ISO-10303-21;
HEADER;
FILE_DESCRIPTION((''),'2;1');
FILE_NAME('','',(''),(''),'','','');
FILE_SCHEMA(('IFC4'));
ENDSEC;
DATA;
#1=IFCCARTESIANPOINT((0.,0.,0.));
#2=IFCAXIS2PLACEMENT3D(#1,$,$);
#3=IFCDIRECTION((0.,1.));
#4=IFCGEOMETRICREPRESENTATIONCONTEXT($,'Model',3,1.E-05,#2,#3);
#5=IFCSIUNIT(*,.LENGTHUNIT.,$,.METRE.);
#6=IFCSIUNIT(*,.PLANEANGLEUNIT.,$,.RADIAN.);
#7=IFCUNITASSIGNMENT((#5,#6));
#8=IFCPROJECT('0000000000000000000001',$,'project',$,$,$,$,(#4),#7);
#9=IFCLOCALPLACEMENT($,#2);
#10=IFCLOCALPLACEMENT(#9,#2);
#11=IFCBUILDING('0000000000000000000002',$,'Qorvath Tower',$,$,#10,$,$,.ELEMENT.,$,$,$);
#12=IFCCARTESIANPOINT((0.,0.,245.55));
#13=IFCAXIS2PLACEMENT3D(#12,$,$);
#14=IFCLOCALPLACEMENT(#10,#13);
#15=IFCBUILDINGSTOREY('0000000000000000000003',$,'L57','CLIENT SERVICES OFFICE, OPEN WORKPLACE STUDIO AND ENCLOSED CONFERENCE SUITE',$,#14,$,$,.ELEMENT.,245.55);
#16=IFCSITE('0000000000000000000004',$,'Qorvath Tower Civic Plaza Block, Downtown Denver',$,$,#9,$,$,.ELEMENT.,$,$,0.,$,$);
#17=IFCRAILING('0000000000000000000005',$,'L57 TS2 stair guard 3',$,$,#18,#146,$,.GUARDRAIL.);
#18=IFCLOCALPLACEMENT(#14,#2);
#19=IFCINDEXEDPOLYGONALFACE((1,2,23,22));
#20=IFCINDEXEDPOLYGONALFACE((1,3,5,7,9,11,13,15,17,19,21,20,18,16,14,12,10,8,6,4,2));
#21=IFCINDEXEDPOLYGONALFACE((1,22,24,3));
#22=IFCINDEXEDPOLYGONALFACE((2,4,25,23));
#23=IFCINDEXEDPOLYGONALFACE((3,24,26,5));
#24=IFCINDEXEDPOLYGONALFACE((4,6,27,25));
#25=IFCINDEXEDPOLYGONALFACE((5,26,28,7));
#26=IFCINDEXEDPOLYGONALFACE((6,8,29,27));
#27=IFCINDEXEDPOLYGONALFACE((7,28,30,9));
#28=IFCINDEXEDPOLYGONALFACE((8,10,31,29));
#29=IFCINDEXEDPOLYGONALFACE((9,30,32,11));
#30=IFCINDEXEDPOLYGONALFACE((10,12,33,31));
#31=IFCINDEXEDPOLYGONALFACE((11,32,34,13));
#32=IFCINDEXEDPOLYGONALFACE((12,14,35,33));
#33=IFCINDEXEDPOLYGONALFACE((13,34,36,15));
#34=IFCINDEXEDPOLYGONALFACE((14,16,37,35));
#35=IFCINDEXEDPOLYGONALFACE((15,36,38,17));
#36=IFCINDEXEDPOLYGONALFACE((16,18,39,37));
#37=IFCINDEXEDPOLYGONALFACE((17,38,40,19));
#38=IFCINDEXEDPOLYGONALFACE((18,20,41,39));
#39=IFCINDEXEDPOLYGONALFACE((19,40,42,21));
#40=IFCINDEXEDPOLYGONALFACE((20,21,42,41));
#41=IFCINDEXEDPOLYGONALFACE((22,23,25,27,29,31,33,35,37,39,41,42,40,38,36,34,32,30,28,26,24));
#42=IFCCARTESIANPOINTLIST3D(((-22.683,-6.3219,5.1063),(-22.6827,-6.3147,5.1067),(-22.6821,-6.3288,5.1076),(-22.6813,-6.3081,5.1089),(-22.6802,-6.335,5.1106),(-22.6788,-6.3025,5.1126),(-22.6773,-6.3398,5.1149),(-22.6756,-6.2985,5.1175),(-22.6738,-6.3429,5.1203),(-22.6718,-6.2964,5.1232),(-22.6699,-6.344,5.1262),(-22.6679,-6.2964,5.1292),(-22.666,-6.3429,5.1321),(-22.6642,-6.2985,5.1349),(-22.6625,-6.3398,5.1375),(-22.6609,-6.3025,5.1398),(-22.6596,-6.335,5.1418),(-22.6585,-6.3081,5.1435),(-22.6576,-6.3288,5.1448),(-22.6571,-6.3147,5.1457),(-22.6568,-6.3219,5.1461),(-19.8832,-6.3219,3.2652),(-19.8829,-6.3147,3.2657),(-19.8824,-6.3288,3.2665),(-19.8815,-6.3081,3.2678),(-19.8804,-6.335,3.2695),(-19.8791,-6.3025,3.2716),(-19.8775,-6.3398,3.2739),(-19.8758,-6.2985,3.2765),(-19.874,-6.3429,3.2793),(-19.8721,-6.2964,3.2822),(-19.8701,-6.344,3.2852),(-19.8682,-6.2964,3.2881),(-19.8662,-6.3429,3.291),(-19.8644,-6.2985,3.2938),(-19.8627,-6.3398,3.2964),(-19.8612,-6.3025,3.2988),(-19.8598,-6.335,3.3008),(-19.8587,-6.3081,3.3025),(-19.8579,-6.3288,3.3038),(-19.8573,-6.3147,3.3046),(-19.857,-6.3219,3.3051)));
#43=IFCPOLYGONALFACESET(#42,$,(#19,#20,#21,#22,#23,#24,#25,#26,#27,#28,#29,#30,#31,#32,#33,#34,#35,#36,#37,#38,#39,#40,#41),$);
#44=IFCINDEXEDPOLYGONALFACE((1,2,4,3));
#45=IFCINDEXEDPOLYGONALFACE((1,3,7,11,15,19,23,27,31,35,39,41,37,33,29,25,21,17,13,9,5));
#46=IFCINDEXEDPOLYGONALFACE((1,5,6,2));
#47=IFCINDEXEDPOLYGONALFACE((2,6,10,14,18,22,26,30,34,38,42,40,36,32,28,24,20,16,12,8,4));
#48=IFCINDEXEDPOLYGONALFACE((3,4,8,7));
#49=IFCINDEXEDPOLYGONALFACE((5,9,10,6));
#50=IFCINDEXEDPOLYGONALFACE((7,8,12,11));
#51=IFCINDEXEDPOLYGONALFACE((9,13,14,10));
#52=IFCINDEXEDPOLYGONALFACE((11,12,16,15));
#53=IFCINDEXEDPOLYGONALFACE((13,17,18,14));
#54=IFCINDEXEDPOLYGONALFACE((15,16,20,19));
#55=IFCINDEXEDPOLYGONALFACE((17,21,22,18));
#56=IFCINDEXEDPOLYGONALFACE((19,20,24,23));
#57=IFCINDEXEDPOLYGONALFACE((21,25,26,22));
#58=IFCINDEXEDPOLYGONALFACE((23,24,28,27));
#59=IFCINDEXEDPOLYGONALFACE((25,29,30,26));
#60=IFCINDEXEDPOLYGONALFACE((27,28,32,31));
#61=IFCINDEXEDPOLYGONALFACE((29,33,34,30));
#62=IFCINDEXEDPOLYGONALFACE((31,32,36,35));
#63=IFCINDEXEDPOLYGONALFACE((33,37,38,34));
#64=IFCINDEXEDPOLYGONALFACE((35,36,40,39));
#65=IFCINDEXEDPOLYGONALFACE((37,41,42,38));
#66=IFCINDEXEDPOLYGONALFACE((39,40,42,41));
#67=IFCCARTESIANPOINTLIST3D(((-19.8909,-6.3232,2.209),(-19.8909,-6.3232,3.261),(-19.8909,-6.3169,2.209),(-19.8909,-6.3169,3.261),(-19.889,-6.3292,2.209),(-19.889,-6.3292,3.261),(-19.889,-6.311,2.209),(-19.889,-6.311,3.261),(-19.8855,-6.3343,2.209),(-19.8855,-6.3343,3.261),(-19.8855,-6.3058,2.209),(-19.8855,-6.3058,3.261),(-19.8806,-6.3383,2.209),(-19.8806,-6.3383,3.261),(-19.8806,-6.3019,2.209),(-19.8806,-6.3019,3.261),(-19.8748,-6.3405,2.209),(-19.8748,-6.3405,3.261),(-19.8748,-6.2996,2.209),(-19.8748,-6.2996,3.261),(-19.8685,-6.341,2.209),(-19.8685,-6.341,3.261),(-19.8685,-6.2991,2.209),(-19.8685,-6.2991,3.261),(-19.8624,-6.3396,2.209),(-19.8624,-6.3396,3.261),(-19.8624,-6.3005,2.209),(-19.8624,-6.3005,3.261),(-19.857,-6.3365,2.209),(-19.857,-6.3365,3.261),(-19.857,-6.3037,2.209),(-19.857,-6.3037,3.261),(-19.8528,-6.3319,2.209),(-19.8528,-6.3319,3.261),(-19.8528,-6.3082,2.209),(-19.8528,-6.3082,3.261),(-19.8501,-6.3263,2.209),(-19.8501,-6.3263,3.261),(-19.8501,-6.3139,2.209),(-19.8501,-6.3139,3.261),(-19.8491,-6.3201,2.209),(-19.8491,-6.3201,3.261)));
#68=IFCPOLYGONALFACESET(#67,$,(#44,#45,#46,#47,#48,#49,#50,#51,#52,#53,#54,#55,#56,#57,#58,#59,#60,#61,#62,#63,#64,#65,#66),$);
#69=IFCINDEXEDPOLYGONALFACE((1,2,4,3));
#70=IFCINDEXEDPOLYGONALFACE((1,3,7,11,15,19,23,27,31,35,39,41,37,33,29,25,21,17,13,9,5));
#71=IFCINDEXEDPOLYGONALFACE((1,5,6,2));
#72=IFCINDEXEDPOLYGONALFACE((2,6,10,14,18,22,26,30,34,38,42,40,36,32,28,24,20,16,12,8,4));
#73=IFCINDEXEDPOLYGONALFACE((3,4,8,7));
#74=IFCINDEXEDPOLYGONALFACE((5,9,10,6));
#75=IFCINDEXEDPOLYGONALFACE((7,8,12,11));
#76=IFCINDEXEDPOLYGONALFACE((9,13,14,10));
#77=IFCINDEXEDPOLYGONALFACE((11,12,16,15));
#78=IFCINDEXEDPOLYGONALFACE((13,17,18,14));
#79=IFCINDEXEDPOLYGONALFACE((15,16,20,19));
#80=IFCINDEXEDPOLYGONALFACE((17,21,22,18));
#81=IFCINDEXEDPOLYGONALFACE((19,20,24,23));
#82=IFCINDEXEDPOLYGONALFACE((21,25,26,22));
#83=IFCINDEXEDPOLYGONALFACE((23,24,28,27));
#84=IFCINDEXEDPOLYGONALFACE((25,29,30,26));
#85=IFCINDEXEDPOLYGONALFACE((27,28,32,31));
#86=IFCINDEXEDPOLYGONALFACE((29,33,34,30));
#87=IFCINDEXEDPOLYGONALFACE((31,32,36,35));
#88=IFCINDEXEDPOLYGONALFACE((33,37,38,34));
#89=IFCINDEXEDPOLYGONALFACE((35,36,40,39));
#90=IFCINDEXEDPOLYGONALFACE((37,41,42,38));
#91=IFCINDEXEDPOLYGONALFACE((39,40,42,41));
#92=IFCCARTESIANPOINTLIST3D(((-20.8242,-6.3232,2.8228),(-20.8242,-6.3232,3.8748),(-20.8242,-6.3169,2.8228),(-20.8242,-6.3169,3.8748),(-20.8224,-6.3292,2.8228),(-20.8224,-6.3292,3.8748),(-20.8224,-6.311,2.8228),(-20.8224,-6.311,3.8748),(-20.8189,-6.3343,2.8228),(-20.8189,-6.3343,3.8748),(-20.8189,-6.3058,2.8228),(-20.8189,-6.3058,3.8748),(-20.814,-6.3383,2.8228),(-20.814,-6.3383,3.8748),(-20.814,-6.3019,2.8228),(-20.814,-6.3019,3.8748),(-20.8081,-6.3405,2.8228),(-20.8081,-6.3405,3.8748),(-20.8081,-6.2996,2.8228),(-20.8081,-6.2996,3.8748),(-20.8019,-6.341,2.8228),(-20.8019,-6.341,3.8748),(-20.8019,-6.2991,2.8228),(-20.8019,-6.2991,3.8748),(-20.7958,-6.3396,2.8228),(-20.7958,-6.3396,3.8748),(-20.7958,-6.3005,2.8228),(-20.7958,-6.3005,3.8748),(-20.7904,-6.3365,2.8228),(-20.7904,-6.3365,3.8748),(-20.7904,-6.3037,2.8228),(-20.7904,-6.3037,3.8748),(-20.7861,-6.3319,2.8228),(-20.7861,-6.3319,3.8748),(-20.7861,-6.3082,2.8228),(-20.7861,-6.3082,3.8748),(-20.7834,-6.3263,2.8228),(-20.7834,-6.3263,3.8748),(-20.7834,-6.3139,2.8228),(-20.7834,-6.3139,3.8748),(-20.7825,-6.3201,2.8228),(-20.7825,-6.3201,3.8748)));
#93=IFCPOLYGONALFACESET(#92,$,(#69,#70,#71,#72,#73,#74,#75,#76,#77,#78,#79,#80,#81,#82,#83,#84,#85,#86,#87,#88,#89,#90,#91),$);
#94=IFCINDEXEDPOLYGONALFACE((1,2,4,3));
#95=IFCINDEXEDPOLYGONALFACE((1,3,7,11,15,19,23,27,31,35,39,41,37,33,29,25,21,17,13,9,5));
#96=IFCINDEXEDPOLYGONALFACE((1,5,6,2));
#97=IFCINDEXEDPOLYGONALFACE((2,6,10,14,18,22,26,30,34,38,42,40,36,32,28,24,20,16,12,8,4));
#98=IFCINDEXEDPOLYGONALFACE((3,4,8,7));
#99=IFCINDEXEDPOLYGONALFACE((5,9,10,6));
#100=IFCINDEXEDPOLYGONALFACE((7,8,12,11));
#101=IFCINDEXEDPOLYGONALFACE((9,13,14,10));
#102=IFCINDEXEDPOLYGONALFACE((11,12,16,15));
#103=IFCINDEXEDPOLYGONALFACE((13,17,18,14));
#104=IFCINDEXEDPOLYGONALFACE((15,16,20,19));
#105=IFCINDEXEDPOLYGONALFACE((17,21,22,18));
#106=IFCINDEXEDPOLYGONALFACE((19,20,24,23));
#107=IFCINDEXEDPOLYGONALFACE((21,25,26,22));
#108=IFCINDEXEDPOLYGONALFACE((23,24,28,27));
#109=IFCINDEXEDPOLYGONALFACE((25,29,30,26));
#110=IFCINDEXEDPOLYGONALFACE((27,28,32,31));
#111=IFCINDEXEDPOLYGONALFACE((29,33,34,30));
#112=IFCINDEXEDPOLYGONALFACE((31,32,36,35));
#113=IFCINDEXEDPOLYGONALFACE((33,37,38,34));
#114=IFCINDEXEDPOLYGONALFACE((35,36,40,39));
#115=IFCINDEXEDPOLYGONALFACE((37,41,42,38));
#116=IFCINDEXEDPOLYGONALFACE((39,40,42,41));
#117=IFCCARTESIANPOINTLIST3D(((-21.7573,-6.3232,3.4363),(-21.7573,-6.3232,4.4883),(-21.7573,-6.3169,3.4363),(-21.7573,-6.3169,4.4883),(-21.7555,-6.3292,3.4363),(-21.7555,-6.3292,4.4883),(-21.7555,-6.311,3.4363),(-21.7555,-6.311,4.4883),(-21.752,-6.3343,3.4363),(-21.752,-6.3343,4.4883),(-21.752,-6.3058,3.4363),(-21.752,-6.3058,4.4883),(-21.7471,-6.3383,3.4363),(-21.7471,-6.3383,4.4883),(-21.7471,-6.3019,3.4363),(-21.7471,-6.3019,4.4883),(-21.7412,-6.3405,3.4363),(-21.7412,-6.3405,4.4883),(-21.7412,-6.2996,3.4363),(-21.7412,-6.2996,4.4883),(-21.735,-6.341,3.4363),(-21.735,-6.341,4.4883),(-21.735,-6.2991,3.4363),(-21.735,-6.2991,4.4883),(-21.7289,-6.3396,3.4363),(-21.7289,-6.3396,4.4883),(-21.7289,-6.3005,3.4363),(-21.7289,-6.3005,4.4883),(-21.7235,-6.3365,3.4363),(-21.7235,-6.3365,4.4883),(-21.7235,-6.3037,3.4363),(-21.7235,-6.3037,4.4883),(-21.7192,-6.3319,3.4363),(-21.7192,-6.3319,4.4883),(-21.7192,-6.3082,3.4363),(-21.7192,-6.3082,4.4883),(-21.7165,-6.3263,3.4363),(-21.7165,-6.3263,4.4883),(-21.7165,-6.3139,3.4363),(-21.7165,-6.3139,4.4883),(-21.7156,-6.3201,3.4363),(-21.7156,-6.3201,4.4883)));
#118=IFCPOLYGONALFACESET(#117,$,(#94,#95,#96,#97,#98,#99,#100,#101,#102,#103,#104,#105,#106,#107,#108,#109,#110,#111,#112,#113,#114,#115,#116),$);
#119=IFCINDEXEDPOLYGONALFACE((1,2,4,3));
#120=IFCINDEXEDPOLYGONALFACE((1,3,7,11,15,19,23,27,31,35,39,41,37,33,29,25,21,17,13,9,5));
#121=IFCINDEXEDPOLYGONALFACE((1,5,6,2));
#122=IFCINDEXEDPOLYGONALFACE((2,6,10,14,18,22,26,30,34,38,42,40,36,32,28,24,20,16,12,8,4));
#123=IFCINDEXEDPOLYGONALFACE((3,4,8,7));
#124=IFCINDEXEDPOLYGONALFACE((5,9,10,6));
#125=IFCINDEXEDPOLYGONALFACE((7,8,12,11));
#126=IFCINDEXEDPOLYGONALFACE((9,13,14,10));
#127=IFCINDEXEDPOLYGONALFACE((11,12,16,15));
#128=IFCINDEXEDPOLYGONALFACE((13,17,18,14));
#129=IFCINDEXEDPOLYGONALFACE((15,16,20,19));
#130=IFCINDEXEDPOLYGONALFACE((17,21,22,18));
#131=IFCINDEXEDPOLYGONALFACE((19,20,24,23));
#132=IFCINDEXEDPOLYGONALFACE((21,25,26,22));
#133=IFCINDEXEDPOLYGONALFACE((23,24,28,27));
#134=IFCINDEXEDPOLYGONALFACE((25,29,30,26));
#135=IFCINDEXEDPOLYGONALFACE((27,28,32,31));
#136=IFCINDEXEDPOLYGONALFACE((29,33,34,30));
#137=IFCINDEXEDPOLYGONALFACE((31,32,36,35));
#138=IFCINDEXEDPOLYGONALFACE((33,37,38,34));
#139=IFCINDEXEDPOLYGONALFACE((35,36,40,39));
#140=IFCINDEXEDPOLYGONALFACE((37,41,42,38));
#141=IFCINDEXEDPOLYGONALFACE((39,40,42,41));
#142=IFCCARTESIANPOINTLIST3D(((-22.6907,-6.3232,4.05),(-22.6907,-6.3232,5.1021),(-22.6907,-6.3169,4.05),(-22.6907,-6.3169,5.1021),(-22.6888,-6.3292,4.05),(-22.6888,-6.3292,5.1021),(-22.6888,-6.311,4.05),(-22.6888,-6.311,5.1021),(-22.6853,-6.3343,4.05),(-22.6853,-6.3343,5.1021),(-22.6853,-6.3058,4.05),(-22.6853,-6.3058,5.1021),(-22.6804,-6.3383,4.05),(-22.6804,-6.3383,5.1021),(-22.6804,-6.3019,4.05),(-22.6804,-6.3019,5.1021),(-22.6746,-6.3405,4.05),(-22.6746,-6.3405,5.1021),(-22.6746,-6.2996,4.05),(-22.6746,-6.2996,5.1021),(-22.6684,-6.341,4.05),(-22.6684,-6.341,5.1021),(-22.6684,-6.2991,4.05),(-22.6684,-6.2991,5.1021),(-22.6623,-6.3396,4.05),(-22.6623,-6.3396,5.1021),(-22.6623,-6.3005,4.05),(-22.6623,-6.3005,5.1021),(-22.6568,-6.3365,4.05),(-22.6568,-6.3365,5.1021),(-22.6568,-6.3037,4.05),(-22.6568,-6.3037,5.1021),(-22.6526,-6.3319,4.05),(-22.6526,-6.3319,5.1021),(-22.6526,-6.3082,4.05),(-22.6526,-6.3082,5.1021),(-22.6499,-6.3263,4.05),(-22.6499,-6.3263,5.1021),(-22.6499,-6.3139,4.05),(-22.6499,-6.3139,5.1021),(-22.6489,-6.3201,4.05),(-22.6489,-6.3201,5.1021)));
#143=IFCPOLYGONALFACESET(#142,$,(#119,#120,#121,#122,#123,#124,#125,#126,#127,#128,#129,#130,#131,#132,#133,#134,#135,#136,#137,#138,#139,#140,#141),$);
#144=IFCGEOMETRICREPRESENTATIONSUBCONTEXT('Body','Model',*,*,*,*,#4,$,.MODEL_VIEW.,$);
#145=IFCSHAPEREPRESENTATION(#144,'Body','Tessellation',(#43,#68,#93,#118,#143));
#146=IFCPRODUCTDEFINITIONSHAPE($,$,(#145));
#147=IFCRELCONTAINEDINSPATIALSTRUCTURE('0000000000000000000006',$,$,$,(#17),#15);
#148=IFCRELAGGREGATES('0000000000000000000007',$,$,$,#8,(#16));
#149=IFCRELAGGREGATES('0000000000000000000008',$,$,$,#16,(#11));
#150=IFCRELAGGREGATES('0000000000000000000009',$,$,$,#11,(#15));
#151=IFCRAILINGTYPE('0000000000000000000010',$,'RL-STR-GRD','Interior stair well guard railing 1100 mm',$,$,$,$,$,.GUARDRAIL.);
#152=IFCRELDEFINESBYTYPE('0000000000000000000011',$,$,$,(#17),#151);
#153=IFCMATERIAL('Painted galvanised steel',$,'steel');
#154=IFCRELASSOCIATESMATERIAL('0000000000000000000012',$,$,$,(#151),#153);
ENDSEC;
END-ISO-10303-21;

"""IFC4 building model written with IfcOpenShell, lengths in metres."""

from ifc_helpers import new_model, si_unit, direction, frame, origin, origin_2d, place, context, subcontext, project, spatial, circle, extrude, material, type_object, element, save


model = new_model("IFC4")

# Units and contexts
model_context = context("Model", 3, precision=1e-05, world=origin(), true_north=direction((0.0, 1.0)))
body_context = subcontext(model_context, "Body", "Model", "MODEL_VIEW")
ifc_project = project(units=[si_unit("LENGTHUNIT", "METRE"), si_unit("PLANEANGLEUNIT", "RADIAN")], contexts=[model_context])

# Site, building, storey
site_placement = place(None, origin())
site = spatial("IfcSite", under=ifc_project, at=site_placement, Name="Qorvath Tower Civic Plaza Block, Downtown Denver", CompositionType="ELEMENT", RefElevation=0.0)
building_placement = place(site_placement, origin())
building = spatial("IfcBuilding", under=site, at=building_placement, Name="Qorvath Tower", CompositionType="ELEMENT")
storey_placement = place(building_placement, frame((0.0, 0.0, 245.55)))
storey = spatial("IfcBuildingStorey", under=building, at=storey_placement, Name="L57", Description="CLIENT SERVICES OFFICE, OPEN WORKPLACE STUDIO AND ENCLOSED CONFERENCE SUITE", CompositionType="ELEMENT", Elevation=245.55)

# Railing
ifc_material_1 = material(Name="Painted galvanised steel", Category="steel")
railing_type_1 = type_object("IfcRailingType", Name="RL-STR-GRD", Description="Interior stair well guard railing 1100 mm", PredefinedType="GUARDRAIL", material=ifc_material_1)
railing_1_placement = place(storey_placement, frame((-19.8701, -6.3201, 2.209)))
element("IfcRailing", 1, at=railing_1_placement, inside=storey, type_object=railing_type_1, Name="L57 TS2 stair guard 3", PredefinedType="GUARDRAIL", context=body_context, shape_type="SweptSolid", body=[
    extrude(circle(Radius=0.0239, at=origin_2d()), frame((0.0, 0.0, 1.0762), z_axis=(-0.835542, 0.0, 0.549426), x_axis=(0.0, -1.0, 0.0)), (0.0, 0.0, 1.0), 3.3508),
    extrude(circle(Radius=0.021, at=origin_2d()), origin(), (0.0, 0.0, 1.0), 1.052),
    extrude(circle(Radius=0.021, at=origin_2d()), frame((-0.9333, 0.0, 0.6138)), (0.0, 0.0, 1.0), 1.052),
    extrude(circle(Radius=0.021, at=origin_2d()), frame((-1.8665, 0.0, 1.2273)), (0.0, 0.0, 1.0), 1.052),
    extrude(circle(Radius=0.021, at=origin_2d()), frame((-2.7998, 0.0, 1.8411)), (0.0, 0.0, 1.0), 1.052),
])

save(model, "model.ifc")
